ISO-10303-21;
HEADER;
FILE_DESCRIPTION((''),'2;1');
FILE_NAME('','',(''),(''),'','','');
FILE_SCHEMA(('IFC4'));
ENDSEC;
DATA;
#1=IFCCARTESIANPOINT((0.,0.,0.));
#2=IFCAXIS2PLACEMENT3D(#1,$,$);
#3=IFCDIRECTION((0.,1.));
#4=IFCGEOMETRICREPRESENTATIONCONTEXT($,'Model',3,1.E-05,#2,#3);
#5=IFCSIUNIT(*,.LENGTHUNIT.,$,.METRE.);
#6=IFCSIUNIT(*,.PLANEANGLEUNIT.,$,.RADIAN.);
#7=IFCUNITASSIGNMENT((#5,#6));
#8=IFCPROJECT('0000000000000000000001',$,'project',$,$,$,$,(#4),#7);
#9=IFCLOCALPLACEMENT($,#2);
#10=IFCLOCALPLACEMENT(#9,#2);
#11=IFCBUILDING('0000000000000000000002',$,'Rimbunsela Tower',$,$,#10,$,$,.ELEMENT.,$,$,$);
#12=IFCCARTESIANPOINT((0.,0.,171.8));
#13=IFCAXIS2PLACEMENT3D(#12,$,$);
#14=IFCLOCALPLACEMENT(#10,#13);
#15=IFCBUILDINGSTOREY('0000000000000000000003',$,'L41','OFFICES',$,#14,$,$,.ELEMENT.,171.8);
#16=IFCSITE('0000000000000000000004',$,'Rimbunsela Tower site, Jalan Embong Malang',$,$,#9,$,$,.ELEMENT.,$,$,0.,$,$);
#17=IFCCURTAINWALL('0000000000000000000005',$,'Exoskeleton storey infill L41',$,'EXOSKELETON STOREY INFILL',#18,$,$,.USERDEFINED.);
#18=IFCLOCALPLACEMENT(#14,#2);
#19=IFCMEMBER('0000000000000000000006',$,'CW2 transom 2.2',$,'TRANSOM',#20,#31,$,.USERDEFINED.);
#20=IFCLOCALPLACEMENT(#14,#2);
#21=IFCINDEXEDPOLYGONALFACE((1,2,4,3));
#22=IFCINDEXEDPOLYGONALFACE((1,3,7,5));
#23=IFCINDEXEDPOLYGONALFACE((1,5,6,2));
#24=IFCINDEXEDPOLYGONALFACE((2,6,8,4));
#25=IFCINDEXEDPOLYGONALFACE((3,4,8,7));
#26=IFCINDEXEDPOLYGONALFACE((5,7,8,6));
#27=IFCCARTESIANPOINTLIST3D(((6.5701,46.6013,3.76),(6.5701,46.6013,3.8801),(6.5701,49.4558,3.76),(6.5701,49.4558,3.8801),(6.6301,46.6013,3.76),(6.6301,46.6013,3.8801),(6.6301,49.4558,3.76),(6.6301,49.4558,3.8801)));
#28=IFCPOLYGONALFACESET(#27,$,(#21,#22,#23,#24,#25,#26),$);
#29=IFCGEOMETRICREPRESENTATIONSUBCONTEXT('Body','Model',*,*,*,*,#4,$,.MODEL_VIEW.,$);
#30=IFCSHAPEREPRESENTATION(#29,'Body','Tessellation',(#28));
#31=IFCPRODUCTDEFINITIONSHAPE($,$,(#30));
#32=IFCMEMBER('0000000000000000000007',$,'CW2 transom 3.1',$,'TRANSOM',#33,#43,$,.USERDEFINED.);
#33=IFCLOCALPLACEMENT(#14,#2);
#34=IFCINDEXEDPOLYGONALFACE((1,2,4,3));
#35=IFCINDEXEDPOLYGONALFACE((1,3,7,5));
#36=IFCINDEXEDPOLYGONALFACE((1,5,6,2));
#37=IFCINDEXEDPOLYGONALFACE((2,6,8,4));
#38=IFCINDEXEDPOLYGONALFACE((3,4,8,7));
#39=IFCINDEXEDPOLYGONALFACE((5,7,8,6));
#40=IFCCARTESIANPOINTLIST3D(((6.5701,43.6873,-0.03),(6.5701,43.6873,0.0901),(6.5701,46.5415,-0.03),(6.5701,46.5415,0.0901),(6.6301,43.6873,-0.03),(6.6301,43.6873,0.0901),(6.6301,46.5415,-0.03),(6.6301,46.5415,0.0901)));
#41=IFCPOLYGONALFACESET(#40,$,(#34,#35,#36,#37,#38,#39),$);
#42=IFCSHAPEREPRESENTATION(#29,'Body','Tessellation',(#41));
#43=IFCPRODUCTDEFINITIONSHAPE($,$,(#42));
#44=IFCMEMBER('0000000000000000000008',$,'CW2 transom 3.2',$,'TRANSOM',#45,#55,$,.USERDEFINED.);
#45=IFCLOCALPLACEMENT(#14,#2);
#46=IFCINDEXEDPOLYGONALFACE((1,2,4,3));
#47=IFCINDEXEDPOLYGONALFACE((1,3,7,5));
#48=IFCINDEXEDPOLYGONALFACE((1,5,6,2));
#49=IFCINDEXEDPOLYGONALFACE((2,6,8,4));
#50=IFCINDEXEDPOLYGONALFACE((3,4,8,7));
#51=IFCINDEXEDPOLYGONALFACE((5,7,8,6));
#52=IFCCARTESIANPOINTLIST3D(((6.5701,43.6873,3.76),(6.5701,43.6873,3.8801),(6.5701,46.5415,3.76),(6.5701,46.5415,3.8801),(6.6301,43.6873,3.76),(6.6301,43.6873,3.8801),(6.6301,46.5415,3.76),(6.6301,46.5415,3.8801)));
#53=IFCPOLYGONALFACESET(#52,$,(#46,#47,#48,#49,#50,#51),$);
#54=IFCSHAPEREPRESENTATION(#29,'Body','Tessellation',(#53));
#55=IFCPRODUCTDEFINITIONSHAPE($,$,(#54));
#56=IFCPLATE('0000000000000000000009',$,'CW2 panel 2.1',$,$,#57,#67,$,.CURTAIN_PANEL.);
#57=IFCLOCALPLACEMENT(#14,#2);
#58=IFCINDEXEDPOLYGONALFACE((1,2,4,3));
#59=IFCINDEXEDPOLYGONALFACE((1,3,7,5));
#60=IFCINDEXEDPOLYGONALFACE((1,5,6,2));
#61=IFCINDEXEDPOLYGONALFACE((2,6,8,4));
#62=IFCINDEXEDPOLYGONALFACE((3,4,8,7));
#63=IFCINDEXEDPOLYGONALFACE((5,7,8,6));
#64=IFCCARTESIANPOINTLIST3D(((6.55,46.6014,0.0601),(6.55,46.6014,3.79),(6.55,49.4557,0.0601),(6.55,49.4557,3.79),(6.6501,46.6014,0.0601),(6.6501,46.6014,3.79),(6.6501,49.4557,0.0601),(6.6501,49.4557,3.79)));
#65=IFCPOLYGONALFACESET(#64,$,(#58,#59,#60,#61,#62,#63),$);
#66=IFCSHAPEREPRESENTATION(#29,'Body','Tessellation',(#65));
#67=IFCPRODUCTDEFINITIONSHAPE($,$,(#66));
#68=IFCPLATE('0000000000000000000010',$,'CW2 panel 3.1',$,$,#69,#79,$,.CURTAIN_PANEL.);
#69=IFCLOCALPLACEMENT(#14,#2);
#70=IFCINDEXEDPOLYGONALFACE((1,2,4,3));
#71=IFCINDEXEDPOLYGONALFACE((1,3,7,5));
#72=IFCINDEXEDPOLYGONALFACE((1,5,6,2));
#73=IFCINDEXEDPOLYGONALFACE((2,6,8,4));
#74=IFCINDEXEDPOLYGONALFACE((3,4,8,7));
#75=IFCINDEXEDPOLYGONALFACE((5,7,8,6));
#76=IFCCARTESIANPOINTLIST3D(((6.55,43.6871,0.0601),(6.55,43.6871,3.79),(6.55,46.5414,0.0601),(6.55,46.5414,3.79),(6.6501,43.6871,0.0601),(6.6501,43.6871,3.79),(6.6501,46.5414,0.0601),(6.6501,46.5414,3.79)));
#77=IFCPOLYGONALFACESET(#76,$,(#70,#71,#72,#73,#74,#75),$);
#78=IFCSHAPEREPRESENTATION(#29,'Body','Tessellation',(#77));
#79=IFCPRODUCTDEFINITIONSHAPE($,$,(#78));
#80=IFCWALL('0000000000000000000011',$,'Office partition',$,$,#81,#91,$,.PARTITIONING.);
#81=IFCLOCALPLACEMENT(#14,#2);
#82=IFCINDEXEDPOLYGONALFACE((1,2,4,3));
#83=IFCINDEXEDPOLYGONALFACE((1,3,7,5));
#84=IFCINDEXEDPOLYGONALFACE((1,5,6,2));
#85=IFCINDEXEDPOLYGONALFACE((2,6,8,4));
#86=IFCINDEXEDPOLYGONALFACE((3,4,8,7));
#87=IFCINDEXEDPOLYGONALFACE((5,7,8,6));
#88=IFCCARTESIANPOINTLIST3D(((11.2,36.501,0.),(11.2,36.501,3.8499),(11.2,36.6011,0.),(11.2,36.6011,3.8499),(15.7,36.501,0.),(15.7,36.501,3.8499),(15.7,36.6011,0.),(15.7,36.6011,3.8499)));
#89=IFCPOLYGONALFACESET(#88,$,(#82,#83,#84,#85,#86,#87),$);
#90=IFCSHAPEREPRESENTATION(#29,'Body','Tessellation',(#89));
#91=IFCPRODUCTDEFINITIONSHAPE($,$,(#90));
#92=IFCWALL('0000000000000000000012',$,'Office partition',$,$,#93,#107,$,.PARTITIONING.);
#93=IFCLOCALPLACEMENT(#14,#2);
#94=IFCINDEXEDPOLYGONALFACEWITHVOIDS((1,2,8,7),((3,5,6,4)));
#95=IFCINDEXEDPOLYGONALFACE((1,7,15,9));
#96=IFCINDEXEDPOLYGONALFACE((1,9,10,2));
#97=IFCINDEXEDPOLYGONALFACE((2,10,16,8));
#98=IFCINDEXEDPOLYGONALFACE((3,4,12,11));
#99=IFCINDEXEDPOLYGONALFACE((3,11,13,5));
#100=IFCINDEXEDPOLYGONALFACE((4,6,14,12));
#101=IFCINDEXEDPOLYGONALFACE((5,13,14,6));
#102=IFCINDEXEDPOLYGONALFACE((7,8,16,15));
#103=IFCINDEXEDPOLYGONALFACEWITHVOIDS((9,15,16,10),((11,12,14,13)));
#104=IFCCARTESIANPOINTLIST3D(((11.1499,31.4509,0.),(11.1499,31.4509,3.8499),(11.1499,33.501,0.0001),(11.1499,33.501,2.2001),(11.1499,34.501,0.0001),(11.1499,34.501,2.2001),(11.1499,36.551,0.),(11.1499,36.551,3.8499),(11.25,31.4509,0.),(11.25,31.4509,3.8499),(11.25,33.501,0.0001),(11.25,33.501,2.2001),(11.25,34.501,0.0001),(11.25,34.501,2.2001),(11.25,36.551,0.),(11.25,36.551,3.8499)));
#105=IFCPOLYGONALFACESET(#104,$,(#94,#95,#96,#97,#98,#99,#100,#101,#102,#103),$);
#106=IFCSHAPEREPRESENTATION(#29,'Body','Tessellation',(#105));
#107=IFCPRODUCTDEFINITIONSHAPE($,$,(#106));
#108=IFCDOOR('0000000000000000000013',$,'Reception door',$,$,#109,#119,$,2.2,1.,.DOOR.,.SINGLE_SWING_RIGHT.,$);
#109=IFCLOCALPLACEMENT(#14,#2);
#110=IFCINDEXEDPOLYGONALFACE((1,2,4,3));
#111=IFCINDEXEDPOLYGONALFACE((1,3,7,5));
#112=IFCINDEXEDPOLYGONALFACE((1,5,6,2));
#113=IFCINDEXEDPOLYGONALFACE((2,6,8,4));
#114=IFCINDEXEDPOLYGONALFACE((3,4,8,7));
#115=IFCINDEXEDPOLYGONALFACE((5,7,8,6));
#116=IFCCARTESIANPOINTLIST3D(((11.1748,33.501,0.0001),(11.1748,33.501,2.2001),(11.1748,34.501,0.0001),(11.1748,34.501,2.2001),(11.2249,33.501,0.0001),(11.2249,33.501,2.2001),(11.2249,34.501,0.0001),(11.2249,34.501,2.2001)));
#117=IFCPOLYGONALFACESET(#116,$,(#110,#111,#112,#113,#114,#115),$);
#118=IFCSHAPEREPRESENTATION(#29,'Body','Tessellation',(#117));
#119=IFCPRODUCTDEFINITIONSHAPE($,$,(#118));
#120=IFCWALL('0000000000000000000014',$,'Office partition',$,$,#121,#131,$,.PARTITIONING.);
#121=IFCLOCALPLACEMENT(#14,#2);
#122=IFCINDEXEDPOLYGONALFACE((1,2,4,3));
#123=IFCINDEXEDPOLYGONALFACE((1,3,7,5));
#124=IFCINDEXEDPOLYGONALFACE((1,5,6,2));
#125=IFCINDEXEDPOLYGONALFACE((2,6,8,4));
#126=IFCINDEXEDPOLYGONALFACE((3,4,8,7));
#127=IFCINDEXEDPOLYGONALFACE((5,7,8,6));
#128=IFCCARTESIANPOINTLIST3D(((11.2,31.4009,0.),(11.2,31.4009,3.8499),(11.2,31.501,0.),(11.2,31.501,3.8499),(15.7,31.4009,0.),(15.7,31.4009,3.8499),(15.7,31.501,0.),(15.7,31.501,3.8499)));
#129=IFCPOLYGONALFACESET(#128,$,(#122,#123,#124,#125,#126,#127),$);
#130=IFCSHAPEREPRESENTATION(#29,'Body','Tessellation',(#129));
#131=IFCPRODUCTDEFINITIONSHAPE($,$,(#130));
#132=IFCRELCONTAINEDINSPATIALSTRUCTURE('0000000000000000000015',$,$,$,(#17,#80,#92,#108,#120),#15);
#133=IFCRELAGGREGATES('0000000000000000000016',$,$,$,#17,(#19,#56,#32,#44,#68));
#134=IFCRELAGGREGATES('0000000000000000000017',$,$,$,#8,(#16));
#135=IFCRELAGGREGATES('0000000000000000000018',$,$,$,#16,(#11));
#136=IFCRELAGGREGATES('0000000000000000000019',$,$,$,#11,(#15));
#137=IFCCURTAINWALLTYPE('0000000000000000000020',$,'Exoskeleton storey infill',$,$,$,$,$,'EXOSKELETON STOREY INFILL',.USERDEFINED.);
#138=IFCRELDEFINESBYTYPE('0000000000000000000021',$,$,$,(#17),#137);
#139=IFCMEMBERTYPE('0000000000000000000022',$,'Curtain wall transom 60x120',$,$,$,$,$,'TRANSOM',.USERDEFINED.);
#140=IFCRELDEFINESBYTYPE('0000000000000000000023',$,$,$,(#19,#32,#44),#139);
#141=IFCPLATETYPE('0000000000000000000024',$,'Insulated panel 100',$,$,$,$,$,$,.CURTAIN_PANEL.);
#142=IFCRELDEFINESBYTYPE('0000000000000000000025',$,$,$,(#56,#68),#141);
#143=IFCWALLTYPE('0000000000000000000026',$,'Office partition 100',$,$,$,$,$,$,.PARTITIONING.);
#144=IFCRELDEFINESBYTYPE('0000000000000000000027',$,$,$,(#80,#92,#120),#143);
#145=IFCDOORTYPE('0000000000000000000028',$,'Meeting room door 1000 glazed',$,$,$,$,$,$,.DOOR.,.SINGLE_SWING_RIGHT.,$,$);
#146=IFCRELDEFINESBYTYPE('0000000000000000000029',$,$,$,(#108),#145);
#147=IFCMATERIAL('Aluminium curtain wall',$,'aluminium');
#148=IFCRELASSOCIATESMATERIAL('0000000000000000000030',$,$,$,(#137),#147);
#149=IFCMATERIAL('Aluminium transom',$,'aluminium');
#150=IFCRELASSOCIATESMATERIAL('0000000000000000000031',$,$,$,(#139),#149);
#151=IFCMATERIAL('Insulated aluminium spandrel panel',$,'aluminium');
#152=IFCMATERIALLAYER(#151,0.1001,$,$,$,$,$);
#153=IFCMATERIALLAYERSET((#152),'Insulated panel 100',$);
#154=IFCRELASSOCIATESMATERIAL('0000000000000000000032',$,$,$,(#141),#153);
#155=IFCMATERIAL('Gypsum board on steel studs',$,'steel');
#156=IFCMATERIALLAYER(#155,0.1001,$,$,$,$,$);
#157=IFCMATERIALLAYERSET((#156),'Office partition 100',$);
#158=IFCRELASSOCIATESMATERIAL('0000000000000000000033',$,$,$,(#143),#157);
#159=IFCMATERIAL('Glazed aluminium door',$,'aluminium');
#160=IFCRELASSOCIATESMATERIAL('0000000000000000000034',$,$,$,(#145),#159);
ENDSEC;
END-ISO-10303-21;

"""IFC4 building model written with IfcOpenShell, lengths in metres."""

from ifc_helpers import new_model, si_unit, direction, frame, frame_2d, origin, origin_2d, place, context, subcontext, project, spatial, rectangle, extrude, material, layer, layer_set, material_profile, profile_set, type_object, element, fill, aggregate, save


model = new_model("IFC4")

# Units and contexts
model_context = context("Model", 3, precision=1e-05, world=origin(), true_north=direction((0.0, 1.0)))
body_context = subcontext(model_context, "Body", "Model", "MODEL_VIEW")
ifc_project = project(units=[si_unit("LENGTHUNIT", "METRE"), si_unit("PLANEANGLEUNIT", "RADIAN")], contexts=[model_context])

# Site, building, storey
site_placement = place(None, origin())
site = spatial("IfcSite", under=ifc_project, at=site_placement, Name="Rimbunsela Tower site, Jalan Embong Malang", CompositionType="ELEMENT", RefElevation=0.0)
building_placement = place(site_placement, origin())
building = spatial("IfcBuilding", under=site, at=building_placement, Name="Rimbunsela Tower", CompositionType="ELEMENT")
storey_placement = place(building_placement, frame((0.0, 0.0, 171.8)))
storey = spatial("IfcBuildingStorey", under=building, at=storey_placement, Name="L41", Description="OFFICES", CompositionType="ELEMENT", Elevation=171.8)

# Curtain wall, members, plates
ifc_material_1 = material(Name="Aluminium curtain wall", Category="aluminium")
curtain_wall_type = type_object("IfcCurtainWallType", Name="Exoskeleton storey infill", ElementType="EXOSKELETON STOREY INFILL", PredefinedType="USERDEFINED", material=ifc_material_1)
curtain_wall_placement = place(storey_placement, origin())
curtain_wall = element("IfcCurtainWall", 1, at=curtain_wall_placement, inside=storey, type_object=curtain_wall_type, Name="Exoskeleton storey infill L41", ObjectType="EXOSKELETON STOREY INFILL", PredefinedType="USERDEFINED")
ifc_material_2 = material(Name="Aluminium transom", Category="aluminium")
ifc_material_profile_1 = material_profile(ifc_material_2, rectangle(XDim=0.0601, YDim=0.1201, at=origin_2d()), Name="Transom 60x120")
ifc_profile_set_1 = profile_set([ifc_material_profile_1], Name="Aluminium transom")
member_type_1 = type_object("IfcMemberType", Name="Curtain wall transom 60x120", ElementType="TRANSOM", PredefinedType="USERDEFINED", material=ifc_profile_set_1)
member_1_placement = place(storey_placement, frame((6.6001, 49.4558, 3.8201), z_axis=(0.0, -1.0, 0.0), x_axis=(1.0, 0.0, 0.0)))
member_1 = element("IfcMember", 2, at=member_1_placement, type_object=member_type_1, Name="CW2 transom 2.2", ObjectType="TRANSOM", PredefinedType="USERDEFINED", context=body_context, shape_type="SweptSolid", body=[
    extrude(rectangle(XDim=0.0601, YDim=0.1201, at=origin_2d()), origin(), (0.0, 0.0, 1.0), 2.8545),
])
member_2_placement = place(storey_placement, frame((6.6001, 46.5415, 0.03), z_axis=(0.0, -1.0, 0.0), x_axis=(1.0, 0.0, 0.0)))
member_2 = element("IfcMember", 3, at=member_2_placement, type_object=member_type_1, Name="CW2 transom 3.1", ObjectType="TRANSOM", PredefinedType="USERDEFINED", context=body_context, shape_type="SweptSolid", body=[
    extrude(rectangle(XDim=0.0601, YDim=0.1201, at=origin_2d()), origin(), (0.0, 0.0, 1.0), 2.8542),
])
member_3_placement = place(storey_placement, frame((6.6001, 46.5415, 3.8201), z_axis=(0.0, -1.0, 0.0), x_axis=(1.0, 0.0, 0.0)))
member_3 = element("IfcMember", 4, at=member_3_placement, type_object=member_type_1, Name="CW2 transom 3.2", ObjectType="TRANSOM", PredefinedType="USERDEFINED", context=body_context, shape_type="SweptSolid", body=[
    extrude(rectangle(XDim=0.0601, YDim=0.1201, at=origin_2d()), origin(), (0.0, 0.0, 1.0), 2.8542),
])
ifc_material_3 = material(Name="Insulated aluminium spandrel panel", Category="aluminium")
ifc_layer_1 = layer(ifc_material_3, 0.1001)
ifc_layer_set_1 = layer_set([ifc_layer_1], Name="Insulated panel 100")
plate_type = type_object("IfcPlateType", Name="Insulated panel 100", PredefinedType="CURTAIN_PANEL", material=ifc_layer_set_1)
plate_1_placement = place(storey_placement, frame((6.6001, 48.0286, 0.0601), z_axis=(0.0, 0.0, 1.0), x_axis=(0.0, -1.0, 0.0)))
plate_1 = element("IfcPlate", 5, at=plate_1_placement, type_object=plate_type, Name="CW2 panel 2.1", PredefinedType="CURTAIN_PANEL", context=body_context, shape_type="SweptSolid", body=[
    extrude(rectangle(XDim=2.8542, YDim=0.1001, at=origin_2d()), origin(), (0.0, 0.0, 1.0), 3.73),
])
plate_2_placement = place(storey_placement, frame((6.6001, 45.1143, 0.0601), z_axis=(0.0, 0.0, 1.0), x_axis=(0.0, -1.0, 0.0)))
plate_2 = element("IfcPlate", 6, at=plate_2_placement, type_object=plate_type, Name="CW2 panel 3.1", PredefinedType="CURTAIN_PANEL", context=body_context, shape_type="SweptSolid", body=[
    extrude(rectangle(XDim=2.8542, YDim=0.1001, at=origin_2d()), origin(), (0.0, 0.0, 1.0), 3.73),
])
aggregate(curtain_wall, [member_1, plate_1, member_2, member_3, plate_2])

# Wall
ifc_material_4 = material(Name="Gypsum board on steel studs", Category="steel")
ifc_layer_2 = layer(ifc_material_4, 0.1001)
ifc_layer_set_2 = layer_set([ifc_layer_2], Name="Office partition 100")
wall_type_1 = type_object("IfcWallType", Name="Office partition 100", PredefinedType="PARTITIONING", material=ifc_layer_set_2)
wall_1_placement = place(storey_placement, frame((15.7, 36.551, 0.0), z_axis=(0.0, 0.0, 1.0), x_axis=(-1.0, 0.0, 0.0)))
element("IfcWall", 7, at=wall_1_placement, inside=storey, type_object=wall_type_1, Name="Office partition", PredefinedType="PARTITIONING", context=body_context, shape_type="SweptSolid", body=[
    extrude(rectangle(XDim=4.5, YDim=0.1001, at=frame_2d((2.25, 0.0))), origin(), (0.0, 0.0, 1.0), 3.8499),
])

# Wall, opening, door
wall_2_placement = place(storey_placement, frame((11.2, 36.551, 0.0), z_axis=(0.0, 0.0, 1.0), x_axis=(0.0, -1.0, 0.0)))
wall_2 = element("IfcWall", 8, at=wall_2_placement, inside=storey, type_object=wall_type_1, Name="Office partition", PredefinedType="PARTITIONING", context=body_context, shape_type="SweptSolid", body=[
    extrude(rectangle(XDim=5.1001, YDim=0.1001, at=frame_2d((2.55, 0.0))), origin(), (0.0, 0.0, 1.0), 3.8499),
])
opening_1_placement = place(wall_2_placement, frame((2.05, 0.0, 0.0)))
opening_1 = element("IfcOpeningElement", 9, at=opening_1_placement, cuts=wall_2, PredefinedType="OPENING", context=body_context, shape_type="SweptSolid", body=[
    extrude(rectangle(XDim=1.0, YDim=2.2, at=frame_2d((0.5, 1.1001))), frame((0.0, 0.0601, 0.0), z_axis=(0.0, -1.0, 0.0), x_axis=(1.0, 0.0, 0.0)), (0.0, 0.0, 1.0), 0.1201),
])
ifc_material_5 = material(Name="Glazed aluminium door", Category="aluminium")
door_type_1 = type_object("IfcDoorType", Name="Meeting room door 1000 glazed", OperationType="SINGLE_SWING_RIGHT", PredefinedType="DOOR", material=ifc_material_5)
door_1_placement = place(opening_1_placement, origin())
door_1 = element("IfcDoor", 10, at=door_1_placement, inside=storey, type_object=door_type_1, Name="Reception door", OperationType="SINGLE_SWING_RIGHT", OverallHeight=2.2, OverallWidth=1.0, PredefinedType="DOOR", context=body_context, shape_type="SweptSolid", body=[
    extrude(rectangle(XDim=1.0, YDim=2.2, at=frame_2d((0.5, 1.1001))), frame((0.0, 0.0249, 0.0), z_axis=(0.0, -1.0, 0.0), x_axis=(1.0, 0.0, 0.0)), (0.0, 0.0, 1.0), 0.05),
])
fill(opening_1, door_1)

# Wall
wall_3_placement = place(storey_placement, frame((11.2, 31.4509, 0.0), z_axis=(0.0, 0.0, 1.0), x_axis=(1.0, 0.0, 0.0)))
element("IfcWall", 11, at=wall_3_placement, inside=storey, type_object=wall_type_1, Name="Office partition", PredefinedType="PARTITIONING", context=body_context, shape_type="SweptSolid", body=[
    extrude(rectangle(XDim=4.5, YDim=0.1001, at=frame_2d((2.25, 0.0))), origin(), (0.0, 0.0, 1.0), 3.8499),
])

save(model, "model.ifc")
